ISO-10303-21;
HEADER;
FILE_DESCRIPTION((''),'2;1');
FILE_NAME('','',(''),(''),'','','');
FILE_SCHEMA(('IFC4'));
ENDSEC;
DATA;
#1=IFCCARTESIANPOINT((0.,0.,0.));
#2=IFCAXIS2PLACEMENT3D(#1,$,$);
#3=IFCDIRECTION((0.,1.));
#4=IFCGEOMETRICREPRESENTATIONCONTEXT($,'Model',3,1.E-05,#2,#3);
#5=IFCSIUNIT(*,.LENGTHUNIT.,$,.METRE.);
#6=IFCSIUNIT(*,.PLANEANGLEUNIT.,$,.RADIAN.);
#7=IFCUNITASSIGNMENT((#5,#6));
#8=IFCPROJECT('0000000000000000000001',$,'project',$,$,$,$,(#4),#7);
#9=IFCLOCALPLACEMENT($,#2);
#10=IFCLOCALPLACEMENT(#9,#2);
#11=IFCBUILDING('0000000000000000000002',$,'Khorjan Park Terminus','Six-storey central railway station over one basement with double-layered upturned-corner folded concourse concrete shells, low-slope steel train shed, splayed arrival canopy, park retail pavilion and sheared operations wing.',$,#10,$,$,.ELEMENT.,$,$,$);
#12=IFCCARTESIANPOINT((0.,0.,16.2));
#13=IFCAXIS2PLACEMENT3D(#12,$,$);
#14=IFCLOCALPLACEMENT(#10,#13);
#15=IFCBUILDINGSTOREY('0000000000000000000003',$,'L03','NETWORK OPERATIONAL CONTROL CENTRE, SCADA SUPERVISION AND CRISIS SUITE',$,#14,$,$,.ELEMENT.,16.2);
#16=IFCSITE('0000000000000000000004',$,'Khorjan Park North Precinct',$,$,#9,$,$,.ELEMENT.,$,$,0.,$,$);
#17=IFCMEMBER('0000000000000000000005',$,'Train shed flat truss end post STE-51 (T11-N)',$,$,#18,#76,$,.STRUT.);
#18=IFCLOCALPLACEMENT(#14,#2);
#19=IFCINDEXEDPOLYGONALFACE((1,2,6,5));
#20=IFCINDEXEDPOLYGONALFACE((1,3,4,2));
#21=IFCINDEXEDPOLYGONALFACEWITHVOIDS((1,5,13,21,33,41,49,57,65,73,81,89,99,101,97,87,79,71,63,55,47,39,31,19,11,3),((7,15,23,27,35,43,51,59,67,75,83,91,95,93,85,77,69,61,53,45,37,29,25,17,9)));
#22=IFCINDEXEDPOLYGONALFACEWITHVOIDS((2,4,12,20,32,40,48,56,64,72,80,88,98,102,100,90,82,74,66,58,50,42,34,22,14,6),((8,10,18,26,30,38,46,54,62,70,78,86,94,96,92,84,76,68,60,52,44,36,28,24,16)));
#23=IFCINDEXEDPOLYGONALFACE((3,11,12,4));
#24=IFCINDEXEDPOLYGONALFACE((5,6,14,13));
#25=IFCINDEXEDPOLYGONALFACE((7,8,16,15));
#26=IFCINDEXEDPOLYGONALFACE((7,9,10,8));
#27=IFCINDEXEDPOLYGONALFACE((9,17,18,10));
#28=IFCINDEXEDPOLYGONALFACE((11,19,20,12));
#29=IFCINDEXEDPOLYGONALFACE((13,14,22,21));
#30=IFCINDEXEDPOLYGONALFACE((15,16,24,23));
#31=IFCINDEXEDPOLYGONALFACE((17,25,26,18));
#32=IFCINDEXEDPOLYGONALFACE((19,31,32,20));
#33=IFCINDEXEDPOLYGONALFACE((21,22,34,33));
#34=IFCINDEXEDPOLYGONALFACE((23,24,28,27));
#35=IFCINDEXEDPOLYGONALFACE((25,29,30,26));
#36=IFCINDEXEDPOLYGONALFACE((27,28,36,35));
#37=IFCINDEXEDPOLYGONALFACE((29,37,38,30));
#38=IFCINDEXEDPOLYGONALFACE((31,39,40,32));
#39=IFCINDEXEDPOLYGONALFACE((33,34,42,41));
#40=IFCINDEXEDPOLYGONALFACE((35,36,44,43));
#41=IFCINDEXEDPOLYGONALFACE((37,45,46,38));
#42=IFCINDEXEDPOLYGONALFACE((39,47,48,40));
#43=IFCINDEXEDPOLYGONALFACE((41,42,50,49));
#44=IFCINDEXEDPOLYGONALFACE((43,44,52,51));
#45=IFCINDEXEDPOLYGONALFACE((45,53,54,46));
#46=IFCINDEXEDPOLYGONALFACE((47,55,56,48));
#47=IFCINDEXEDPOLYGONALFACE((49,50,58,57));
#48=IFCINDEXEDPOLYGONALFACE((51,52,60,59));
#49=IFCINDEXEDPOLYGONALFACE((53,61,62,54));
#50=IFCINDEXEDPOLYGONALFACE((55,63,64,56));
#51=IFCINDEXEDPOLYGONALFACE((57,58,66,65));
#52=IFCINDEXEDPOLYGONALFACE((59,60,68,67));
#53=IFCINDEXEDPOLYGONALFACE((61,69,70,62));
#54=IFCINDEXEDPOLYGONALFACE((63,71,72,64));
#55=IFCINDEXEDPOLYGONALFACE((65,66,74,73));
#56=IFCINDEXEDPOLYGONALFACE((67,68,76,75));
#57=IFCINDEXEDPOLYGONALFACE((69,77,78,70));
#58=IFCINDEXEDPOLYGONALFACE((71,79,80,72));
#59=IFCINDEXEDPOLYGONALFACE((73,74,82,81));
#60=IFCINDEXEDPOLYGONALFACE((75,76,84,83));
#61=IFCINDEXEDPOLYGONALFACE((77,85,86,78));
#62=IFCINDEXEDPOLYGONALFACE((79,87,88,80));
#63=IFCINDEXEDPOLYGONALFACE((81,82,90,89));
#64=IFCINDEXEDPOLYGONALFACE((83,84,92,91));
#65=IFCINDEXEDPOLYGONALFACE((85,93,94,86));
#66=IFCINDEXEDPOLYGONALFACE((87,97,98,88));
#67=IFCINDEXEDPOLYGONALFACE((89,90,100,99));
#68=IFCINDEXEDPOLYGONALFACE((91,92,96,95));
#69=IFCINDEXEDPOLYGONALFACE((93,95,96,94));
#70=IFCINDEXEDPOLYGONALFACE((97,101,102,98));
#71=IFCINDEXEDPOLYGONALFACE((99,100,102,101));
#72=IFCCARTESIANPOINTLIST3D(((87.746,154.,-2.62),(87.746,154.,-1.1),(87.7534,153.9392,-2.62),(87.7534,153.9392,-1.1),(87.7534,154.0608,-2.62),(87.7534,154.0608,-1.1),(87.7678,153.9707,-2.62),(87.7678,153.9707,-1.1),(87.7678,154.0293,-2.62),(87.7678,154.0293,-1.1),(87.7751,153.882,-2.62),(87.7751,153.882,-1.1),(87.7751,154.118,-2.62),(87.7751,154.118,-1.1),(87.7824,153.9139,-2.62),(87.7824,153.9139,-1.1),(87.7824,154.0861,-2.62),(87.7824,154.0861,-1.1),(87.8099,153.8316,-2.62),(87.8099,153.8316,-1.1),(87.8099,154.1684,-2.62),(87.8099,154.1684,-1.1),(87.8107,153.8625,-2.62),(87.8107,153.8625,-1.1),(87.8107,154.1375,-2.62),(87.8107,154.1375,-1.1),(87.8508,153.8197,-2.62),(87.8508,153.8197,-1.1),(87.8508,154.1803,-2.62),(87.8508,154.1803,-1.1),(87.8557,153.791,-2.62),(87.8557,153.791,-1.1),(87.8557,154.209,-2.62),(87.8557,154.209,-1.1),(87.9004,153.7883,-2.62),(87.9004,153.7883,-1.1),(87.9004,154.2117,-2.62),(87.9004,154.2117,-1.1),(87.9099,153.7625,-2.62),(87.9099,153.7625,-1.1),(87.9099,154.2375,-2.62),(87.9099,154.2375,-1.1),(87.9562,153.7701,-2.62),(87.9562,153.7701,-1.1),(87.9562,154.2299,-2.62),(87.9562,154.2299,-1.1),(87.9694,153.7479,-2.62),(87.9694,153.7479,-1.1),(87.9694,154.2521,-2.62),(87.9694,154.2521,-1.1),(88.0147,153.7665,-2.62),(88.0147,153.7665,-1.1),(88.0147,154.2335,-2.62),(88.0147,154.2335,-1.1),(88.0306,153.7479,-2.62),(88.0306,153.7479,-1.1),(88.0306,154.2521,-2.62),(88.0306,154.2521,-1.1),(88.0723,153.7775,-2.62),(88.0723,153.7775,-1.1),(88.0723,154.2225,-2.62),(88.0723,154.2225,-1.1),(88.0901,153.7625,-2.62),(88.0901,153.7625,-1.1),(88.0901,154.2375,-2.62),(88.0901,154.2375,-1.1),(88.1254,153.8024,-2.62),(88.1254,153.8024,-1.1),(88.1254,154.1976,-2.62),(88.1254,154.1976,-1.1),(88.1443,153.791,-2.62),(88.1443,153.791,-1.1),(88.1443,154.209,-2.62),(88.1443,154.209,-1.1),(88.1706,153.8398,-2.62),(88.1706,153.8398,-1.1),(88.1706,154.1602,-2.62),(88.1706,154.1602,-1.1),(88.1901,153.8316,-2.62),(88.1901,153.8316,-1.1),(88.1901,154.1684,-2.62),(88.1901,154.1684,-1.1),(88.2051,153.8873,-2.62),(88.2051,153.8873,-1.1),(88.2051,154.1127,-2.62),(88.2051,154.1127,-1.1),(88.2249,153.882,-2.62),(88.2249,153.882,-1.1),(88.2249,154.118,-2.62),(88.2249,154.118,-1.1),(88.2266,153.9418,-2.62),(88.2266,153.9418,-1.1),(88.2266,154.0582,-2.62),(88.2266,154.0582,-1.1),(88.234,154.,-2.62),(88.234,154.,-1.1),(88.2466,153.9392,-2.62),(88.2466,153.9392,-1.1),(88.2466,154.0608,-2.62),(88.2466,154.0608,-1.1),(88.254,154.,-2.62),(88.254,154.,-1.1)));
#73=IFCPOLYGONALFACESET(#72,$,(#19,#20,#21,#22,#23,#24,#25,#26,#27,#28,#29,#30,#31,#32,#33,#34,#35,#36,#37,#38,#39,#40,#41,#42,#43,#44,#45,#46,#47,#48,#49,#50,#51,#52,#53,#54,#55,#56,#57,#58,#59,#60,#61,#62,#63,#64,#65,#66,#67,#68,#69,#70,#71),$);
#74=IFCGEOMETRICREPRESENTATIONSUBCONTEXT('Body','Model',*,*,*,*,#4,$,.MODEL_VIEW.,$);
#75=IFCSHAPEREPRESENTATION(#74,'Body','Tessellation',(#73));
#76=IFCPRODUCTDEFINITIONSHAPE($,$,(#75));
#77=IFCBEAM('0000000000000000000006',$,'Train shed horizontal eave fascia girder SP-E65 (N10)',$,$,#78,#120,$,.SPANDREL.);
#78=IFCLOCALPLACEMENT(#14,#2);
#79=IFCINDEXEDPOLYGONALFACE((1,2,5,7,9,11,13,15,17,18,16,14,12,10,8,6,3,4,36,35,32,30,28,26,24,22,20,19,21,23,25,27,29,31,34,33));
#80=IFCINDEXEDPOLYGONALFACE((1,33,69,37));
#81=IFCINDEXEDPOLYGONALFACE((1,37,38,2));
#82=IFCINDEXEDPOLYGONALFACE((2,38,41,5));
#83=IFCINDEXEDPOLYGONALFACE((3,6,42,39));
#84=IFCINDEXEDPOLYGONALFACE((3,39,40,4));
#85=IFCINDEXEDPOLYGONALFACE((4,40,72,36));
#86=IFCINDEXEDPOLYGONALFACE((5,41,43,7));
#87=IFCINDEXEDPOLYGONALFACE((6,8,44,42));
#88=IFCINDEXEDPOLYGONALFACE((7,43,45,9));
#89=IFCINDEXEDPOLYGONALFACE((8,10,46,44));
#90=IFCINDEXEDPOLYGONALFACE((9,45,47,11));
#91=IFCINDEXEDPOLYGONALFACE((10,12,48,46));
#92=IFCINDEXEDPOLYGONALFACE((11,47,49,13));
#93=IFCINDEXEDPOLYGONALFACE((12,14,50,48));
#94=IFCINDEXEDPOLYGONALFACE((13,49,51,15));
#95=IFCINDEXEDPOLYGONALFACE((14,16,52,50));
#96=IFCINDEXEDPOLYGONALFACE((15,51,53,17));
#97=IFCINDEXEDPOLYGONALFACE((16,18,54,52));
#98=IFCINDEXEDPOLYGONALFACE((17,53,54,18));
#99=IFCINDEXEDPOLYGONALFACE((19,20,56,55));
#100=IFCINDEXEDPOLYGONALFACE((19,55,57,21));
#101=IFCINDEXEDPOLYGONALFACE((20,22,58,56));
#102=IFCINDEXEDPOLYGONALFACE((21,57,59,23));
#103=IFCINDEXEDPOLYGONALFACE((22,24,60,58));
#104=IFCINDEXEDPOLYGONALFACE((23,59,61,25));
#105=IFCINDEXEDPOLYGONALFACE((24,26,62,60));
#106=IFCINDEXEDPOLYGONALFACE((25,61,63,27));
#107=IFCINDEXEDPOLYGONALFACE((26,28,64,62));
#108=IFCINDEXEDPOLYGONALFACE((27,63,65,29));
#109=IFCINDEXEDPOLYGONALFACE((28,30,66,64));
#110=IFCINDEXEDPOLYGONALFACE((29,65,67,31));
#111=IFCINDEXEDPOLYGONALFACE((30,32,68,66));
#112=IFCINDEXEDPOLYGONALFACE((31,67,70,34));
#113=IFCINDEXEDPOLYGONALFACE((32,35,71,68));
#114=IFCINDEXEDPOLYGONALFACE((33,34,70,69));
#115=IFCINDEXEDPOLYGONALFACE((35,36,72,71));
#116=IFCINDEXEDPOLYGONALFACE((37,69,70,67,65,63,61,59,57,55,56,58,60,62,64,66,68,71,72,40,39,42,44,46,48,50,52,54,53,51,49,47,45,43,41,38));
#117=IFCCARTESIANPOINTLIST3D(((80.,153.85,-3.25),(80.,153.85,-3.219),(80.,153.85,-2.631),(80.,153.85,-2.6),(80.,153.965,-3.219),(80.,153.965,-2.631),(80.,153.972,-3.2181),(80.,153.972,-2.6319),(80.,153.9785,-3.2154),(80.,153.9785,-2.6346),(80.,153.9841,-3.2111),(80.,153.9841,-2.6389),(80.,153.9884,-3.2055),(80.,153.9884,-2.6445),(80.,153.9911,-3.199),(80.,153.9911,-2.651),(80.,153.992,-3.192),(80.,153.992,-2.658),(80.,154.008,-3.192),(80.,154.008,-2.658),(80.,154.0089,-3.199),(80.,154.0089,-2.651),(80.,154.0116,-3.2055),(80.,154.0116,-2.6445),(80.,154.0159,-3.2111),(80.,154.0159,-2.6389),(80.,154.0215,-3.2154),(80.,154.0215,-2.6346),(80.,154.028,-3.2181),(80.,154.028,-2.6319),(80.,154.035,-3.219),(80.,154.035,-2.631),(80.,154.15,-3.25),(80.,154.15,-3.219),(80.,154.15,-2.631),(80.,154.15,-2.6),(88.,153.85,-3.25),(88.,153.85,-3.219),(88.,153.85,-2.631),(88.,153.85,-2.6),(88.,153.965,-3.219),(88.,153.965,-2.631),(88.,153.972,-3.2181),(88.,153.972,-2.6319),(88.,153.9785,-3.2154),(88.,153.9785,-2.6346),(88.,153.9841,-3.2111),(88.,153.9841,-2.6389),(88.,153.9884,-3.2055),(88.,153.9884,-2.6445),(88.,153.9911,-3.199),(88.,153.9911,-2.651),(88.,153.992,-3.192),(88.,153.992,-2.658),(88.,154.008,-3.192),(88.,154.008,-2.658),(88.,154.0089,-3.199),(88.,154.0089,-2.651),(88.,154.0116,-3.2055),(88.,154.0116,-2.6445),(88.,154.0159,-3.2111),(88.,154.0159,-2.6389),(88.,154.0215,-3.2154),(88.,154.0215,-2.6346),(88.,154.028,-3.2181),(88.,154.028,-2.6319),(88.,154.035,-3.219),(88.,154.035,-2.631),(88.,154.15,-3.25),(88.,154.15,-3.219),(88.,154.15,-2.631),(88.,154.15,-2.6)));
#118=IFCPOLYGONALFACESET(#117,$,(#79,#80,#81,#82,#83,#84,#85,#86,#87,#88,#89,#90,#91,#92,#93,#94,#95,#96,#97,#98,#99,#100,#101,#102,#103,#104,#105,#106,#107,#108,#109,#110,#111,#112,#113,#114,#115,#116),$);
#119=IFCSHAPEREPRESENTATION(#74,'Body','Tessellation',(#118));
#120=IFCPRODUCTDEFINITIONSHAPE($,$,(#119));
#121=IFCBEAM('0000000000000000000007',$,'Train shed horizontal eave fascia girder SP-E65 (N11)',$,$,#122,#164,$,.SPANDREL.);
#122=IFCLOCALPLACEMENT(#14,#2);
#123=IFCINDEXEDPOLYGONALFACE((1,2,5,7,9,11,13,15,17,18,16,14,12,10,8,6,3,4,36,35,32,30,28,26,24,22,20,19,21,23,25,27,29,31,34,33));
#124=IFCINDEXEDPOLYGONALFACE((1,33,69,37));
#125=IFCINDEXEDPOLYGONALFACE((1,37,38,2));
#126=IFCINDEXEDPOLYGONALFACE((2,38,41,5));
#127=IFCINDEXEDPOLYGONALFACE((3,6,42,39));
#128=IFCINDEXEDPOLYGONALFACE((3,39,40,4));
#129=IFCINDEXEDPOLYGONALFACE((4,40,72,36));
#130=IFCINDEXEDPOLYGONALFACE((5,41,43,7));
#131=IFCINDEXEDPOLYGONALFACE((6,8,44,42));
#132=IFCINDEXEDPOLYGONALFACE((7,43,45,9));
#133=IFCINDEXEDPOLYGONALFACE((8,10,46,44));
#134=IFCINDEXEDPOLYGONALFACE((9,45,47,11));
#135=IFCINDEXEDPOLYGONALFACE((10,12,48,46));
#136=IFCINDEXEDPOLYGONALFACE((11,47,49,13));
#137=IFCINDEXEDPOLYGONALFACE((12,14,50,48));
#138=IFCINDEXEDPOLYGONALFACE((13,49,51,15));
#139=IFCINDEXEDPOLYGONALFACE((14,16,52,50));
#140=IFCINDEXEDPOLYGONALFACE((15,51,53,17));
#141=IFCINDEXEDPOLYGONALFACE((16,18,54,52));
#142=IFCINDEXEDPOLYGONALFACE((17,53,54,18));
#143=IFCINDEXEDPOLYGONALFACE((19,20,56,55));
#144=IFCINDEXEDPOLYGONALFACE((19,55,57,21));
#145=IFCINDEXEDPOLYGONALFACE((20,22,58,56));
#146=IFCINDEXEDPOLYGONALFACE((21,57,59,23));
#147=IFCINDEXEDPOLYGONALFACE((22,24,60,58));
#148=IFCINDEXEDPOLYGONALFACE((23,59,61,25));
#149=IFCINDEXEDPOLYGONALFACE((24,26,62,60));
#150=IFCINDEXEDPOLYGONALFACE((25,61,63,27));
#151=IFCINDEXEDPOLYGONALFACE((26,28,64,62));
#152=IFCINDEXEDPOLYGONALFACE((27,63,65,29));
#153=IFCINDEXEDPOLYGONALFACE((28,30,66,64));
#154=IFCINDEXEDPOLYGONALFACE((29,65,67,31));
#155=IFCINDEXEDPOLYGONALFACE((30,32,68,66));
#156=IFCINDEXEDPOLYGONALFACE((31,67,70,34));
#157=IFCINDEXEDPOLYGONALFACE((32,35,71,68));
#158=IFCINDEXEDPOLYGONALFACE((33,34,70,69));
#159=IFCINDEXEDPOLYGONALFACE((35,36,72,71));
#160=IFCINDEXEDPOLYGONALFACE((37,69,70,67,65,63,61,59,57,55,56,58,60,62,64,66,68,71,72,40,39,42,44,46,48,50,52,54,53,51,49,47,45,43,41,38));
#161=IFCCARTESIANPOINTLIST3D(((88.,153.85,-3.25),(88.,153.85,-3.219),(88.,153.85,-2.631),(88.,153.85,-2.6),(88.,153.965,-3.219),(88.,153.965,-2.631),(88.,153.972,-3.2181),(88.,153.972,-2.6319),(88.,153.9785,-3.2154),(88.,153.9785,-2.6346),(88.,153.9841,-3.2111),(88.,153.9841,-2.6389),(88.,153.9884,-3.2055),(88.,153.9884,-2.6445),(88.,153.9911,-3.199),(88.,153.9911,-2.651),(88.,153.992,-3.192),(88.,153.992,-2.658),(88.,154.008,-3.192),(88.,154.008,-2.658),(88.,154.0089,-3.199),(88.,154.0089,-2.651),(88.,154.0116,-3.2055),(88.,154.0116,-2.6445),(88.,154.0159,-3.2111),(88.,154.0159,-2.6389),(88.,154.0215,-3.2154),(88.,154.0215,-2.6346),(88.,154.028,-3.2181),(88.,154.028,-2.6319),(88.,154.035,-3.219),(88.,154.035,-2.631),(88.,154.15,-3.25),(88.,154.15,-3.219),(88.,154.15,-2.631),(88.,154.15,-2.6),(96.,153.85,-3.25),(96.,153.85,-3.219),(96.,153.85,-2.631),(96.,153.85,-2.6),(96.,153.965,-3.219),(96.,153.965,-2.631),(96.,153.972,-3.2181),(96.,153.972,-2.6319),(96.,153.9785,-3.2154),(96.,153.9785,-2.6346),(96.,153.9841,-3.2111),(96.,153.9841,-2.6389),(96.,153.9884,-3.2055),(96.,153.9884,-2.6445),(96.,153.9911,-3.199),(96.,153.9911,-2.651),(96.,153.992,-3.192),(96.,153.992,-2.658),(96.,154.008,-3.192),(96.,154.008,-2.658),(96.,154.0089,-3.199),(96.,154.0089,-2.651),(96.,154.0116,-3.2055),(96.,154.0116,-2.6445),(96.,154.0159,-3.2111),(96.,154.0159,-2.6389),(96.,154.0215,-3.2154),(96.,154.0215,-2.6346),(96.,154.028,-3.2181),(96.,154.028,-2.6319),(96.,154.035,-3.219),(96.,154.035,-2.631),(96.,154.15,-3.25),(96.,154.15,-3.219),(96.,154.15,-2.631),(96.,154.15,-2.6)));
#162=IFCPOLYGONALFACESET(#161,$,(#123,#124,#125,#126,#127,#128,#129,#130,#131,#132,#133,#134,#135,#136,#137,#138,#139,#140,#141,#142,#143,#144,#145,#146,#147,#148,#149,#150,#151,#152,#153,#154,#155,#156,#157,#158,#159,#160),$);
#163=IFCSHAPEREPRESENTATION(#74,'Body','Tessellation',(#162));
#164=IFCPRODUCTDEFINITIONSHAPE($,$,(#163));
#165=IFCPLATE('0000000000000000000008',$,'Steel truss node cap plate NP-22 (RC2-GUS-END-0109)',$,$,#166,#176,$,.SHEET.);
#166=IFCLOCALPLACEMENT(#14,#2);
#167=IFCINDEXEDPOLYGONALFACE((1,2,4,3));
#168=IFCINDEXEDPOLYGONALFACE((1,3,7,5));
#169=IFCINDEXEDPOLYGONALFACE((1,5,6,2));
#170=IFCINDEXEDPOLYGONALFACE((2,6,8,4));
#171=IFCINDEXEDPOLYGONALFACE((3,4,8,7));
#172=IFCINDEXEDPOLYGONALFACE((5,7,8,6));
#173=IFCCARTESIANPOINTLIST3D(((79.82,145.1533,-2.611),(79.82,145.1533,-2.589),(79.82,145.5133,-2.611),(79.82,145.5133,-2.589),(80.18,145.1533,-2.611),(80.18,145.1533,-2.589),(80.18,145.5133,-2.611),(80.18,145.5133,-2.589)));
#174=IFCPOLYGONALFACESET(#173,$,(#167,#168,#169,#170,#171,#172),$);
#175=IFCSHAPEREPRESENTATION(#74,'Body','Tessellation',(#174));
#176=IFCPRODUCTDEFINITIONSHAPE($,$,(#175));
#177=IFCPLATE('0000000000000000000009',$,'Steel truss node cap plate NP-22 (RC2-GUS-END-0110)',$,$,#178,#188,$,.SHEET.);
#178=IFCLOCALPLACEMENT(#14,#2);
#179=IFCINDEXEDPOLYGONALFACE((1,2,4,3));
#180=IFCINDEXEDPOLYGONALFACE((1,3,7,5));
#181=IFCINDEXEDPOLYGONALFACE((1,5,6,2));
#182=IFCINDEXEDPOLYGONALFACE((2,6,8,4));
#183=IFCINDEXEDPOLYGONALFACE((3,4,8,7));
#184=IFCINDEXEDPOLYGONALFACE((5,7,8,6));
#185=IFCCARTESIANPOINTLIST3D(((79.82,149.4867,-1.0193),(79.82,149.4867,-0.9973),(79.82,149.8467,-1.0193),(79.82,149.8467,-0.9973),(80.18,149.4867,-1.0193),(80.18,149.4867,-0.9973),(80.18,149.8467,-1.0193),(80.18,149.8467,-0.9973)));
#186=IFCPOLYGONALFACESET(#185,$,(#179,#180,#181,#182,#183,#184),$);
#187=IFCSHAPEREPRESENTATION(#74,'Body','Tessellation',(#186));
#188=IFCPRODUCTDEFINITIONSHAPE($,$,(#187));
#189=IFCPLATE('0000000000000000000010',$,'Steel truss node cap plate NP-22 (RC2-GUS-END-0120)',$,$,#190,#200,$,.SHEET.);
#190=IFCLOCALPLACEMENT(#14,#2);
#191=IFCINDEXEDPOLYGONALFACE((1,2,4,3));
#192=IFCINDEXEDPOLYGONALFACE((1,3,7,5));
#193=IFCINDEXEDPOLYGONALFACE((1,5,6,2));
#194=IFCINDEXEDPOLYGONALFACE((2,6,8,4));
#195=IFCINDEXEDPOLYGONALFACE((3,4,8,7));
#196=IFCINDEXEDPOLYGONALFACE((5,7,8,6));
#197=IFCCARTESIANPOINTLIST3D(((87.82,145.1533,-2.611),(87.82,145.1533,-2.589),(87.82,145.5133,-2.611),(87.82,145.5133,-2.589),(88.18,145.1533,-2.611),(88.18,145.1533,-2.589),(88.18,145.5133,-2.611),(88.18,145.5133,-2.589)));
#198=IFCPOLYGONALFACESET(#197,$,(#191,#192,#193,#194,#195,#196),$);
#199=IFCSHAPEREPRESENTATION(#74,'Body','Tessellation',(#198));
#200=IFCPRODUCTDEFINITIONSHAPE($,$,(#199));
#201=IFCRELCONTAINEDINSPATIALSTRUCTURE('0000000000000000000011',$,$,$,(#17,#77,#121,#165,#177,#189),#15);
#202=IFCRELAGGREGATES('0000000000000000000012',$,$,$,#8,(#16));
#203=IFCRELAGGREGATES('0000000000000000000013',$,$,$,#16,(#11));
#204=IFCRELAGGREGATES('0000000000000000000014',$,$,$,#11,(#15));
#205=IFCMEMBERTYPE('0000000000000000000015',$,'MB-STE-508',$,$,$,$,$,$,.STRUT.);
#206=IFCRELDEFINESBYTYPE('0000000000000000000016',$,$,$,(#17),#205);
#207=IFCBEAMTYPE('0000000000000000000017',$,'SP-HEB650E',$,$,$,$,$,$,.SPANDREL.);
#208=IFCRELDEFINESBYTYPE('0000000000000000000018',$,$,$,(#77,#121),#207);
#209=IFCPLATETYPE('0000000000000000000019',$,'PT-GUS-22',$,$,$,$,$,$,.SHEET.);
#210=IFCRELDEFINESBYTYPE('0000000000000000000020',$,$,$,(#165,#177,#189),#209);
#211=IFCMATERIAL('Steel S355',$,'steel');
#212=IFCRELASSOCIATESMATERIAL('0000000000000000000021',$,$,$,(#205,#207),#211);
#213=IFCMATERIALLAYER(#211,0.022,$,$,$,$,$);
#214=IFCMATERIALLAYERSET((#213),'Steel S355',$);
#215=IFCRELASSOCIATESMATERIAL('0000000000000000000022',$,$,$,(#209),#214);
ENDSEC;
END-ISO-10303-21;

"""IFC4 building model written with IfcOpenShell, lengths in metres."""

from ifc_helpers import new_model, si_unit, direction, frame, origin, origin_2d, place, context, subcontext, project, spatial, rectangle, hollow_circle, i_section, extrude, material, layer, layer_set, material_profile, profile_set, type_object, element, save


model = new_model("IFC4")

# Units and contexts
model_context = context("Model", 3, precision=1e-05, world=origin(), true_north=direction((0.0, 1.0)))
body_context = subcontext(model_context, "Body", "Model", "MODEL_VIEW")
ifc_project = project(units=[si_unit("LENGTHUNIT", "METRE"), si_unit("PLANEANGLEUNIT", "RADIAN")], contexts=[model_context])

# Site, building, storey
site_placement = place(None, origin())
site = spatial("IfcSite", under=ifc_project, at=site_placement, Name="Khorjan Park North Precinct", CompositionType="ELEMENT", RefElevation=0.0)
building_placement = place(site_placement, origin())
building = spatial("IfcBuilding", under=site, at=building_placement, Name="Khorjan Park Terminus", Description="Six-storey central railway station over one basement with double-layered upturned-corner folded concourse concrete shells, low-slope steel train shed, splayed arrival canopy, park retail pavilion and sheared operations wing.", CompositionType="ELEMENT")
storey_placement = place(building_placement, frame((0.0, 0.0, 16.2)))
storey = spatial("IfcBuildingStorey", under=building, at=storey_placement, Name="L03", Description="NETWORK OPERATIONAL CONTROL CENTRE, SCADA SUPERVISION AND CRISIS SUITE", CompositionType="ELEMENT", Elevation=16.2)

# Member
ifc_material = material(Name="Steel S355", Category="steel")
ifc_material_profile_1 = material_profile(ifc_material, hollow_circle(Radius=0.254, WallThickness=0.02, at=origin_2d()), Name="CHS 508x20")
ifc_profile_set_1 = profile_set([ifc_material_profile_1], Name="Steel S355")
member_type_1 = type_object("IfcMemberType", Name="MB-STE-508", PredefinedType="STRUT", material=ifc_profile_set_1)
for number, where, z_axis, x_axis, name in (
    (1, (88.0, 154.0, -2.62), (0.0, 0.0, 1.0), (1.0, 0.0, 0.0), "Train shed flat truss end post STE-51 (T11-N)"),
):
    element("IfcMember", number, at=place(storey_placement, frame(where, z_axis=z_axis, x_axis=x_axis)), inside=storey, type_object=member_type_1, Name=name, PredefinedType="STRUT", context=body_context, shape_type="SweptSolid", body=[
        extrude(hollow_circle(Radius=0.254, WallThickness=0.02, at=origin_2d()), origin(), (0.0, 0.0, 1.0), 1.52),
    ])

# Beams
ifc_material_profile_2 = material_profile(ifc_material, i_section(OverallWidth=0.3, OverallDepth=0.65, WebThickness=0.016, FlangeThickness=0.031, FilletRadius=0.027, at=origin_2d()), Name="HEB 650")
ifc_profile_set_2 = profile_set([ifc_material_profile_2], Name="Steel S355")
beam_type = type_object("IfcBeamType", Name="SP-HEB650E", PredefinedType="SPANDREL", material=ifc_profile_set_2)
for number, where, z_axis, x_axis, name in (
    (2, (80.0, 154.0, -2.925), (1.0, 0.0, 0.0), (0.0, 1.0, 0.0), "Train shed horizontal eave fascia girder SP-E65 (N10)"),
    (3, (88.0, 154.0, -2.925), (1.0, 0.0, 0.0), (0.0, 1.0, 0.0), "Train shed horizontal eave fascia girder SP-E65 (N11)"),
):
    element("IfcBeam", number, at=place(storey_placement, frame(where, z_axis=z_axis, x_axis=x_axis)), inside=storey, type_object=beam_type, Name=name, PredefinedType="SPANDREL", context=body_context, shape_type="SweptSolid", body=[
        extrude(i_section(OverallWidth=0.3, OverallDepth=0.65, WebThickness=0.016, FlangeThickness=0.031, FilletRadius=0.027, at=origin_2d()), origin(), (0.0, 0.0, 1.0), 8.0),
    ])

# Plates
ifc_layer_1 = layer(ifc_material, 0.022)
ifc_layer_set_1 = layer_set([ifc_layer_1], Name="Steel S355")
plate_type_1 = type_object("IfcPlateType", Name="PT-GUS-22", PredefinedType="SHEET", material=ifc_layer_set_1)
for number, where, z_axis, x_axis, name in (
    (4, (80.0, 145.3333, -2.611), (0.0, 0.0, 1.0), (1.0, 0.0, 0.0), "Steel truss node cap plate NP-22 (RC2-GUS-END-0109)"),
    (5, (80.0, 149.6667, -1.0193), (0.0, 0.0, 1.0), (1.0, 0.0, 0.0), "Steel truss node cap plate NP-22 (RC2-GUS-END-0110)"),
    (6, (88.0, 145.3333, -2.611), (0.0, 0.0, 1.0), (1.0, 0.0, 0.0), "Steel truss node cap plate NP-22 (RC2-GUS-END-0120)"),
):
    element("IfcPlate", number, at=place(storey_placement, frame(where, z_axis=z_axis, x_axis=x_axis)), inside=storey, type_object=plate_type_1, Name=name, PredefinedType="SHEET", context=body_context, shape_type="SweptSolid", body=[
        extrude(rectangle(XDim=0.36, YDim=0.36, at=origin_2d()), origin(), (0.0, 0.0, 1.0), 0.022),
    ])

save(model, "model.ifc")
